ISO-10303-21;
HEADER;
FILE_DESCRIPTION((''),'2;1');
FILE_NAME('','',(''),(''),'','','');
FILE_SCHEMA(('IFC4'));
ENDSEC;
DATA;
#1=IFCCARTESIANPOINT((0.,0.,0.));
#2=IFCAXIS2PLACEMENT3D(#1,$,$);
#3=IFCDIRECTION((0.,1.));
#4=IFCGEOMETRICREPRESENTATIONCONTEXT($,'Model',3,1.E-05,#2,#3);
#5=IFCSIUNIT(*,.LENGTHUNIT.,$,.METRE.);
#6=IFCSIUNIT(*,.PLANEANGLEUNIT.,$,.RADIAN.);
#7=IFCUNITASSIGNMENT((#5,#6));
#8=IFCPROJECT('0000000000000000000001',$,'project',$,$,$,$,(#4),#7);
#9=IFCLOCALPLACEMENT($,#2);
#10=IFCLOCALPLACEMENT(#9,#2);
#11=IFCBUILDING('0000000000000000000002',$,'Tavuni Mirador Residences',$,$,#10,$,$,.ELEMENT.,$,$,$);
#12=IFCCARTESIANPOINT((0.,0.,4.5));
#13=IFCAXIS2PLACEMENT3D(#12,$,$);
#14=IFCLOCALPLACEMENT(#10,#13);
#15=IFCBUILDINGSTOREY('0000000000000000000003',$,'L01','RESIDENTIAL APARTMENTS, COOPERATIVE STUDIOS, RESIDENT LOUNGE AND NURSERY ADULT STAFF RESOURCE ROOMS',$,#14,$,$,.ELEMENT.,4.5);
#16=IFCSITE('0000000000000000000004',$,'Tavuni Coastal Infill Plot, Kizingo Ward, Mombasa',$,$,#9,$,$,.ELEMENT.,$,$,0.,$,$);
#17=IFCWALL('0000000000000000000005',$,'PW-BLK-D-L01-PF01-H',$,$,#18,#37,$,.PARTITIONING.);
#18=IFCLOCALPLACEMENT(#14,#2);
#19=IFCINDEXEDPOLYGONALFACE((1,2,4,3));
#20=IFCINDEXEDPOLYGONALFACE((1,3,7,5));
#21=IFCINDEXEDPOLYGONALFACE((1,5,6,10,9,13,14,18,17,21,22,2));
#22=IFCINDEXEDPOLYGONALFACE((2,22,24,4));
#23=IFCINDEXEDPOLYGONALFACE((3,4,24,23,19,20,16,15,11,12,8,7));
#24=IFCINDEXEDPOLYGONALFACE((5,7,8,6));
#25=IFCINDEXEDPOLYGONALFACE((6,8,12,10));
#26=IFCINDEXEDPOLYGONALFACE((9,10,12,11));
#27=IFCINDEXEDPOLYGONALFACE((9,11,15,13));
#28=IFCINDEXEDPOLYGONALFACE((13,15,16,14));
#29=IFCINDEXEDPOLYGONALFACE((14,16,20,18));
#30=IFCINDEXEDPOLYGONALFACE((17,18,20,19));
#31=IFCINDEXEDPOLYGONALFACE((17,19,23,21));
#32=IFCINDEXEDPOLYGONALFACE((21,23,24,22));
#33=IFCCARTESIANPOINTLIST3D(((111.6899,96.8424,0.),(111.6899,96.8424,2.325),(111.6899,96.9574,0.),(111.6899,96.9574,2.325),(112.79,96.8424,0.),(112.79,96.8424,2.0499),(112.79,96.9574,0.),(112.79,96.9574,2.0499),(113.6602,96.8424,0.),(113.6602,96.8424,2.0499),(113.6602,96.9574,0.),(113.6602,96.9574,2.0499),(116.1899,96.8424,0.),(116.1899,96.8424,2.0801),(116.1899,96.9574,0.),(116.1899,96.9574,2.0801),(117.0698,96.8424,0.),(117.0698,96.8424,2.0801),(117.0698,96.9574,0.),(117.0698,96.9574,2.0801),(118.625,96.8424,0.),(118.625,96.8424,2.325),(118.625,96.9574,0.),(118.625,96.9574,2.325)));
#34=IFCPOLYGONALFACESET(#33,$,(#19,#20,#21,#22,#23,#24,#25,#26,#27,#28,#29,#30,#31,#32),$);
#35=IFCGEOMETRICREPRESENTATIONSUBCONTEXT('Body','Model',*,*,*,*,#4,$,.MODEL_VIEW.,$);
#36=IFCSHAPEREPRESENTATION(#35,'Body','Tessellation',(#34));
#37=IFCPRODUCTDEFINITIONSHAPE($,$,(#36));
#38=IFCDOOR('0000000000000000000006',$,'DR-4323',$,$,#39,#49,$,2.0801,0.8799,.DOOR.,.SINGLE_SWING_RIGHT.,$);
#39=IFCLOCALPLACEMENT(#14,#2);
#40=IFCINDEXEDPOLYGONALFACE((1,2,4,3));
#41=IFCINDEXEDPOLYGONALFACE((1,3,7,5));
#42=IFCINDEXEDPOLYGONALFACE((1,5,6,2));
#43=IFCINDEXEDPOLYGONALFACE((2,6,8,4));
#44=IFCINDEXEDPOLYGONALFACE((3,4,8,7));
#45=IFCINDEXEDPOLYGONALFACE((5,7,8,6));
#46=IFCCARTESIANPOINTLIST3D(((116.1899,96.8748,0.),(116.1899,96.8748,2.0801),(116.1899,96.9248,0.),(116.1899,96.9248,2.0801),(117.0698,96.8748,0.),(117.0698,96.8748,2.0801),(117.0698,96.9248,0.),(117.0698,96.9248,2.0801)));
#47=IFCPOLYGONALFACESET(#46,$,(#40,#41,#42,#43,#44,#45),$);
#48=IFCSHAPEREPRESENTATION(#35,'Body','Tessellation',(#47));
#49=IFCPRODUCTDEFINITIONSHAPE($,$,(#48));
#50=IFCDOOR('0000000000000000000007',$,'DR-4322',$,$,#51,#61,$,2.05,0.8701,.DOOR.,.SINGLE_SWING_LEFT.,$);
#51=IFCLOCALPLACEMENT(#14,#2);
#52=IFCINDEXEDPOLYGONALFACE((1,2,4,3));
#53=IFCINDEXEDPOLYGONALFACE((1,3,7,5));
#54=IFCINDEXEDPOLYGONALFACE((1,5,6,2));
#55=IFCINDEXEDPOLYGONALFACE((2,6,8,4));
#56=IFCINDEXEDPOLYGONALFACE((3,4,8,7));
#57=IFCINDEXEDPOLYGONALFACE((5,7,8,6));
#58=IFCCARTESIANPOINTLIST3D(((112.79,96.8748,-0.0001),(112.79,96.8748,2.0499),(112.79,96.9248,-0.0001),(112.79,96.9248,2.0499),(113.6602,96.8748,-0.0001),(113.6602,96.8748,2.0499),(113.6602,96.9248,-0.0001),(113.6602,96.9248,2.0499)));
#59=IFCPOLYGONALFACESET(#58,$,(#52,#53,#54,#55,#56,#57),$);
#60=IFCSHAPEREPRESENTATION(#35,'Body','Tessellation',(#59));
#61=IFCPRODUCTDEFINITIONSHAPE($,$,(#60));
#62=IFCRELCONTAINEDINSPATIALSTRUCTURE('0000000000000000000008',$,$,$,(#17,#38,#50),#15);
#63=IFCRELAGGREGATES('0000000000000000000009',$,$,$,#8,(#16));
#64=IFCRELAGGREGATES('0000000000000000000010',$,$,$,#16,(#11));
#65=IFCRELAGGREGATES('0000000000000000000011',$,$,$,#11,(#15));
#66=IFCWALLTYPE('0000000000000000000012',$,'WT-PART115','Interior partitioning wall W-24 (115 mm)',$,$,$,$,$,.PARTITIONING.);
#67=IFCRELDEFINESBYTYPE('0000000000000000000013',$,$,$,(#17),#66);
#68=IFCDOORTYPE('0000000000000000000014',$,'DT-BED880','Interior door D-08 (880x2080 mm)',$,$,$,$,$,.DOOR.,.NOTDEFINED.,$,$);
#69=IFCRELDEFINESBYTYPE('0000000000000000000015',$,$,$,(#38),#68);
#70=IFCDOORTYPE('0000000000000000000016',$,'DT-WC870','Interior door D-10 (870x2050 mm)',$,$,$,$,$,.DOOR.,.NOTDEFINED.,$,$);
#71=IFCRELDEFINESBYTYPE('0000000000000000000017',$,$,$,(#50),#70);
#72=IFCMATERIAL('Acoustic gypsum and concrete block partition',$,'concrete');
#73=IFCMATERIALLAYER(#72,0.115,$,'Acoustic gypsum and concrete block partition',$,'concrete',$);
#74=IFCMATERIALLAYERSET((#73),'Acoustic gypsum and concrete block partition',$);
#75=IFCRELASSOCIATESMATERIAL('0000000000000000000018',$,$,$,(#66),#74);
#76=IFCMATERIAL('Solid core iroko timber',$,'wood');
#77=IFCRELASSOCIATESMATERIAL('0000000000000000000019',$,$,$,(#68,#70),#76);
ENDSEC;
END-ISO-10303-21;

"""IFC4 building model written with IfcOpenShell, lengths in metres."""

from ifc_helpers import new_model, si_unit, direction, frame, frame_2d, origin, place, context, subcontext, project, spatial, rectangle, extrude, material, layer, layer_set, type_object, element, fill, save


model = new_model("IFC4")

# Units and contexts
model_context = context("Model", 3, precision=1e-05, world=origin(), true_north=direction((0.0, 1.0)))
body_context = subcontext(model_context, "Body", "Model", "MODEL_VIEW")
ifc_project = project(units=[si_unit("LENGTHUNIT", "METRE"), si_unit("PLANEANGLEUNIT", "RADIAN")], contexts=[model_context])

# Site, building, storey
site_placement = place(None, origin())
site = spatial("IfcSite", under=ifc_project, at=site_placement, Name="Tavuni Coastal Infill Plot, Kizingo Ward, Mombasa", CompositionType="ELEMENT", RefElevation=0.0)
building_placement = place(site_placement, origin())
building = spatial("IfcBuilding", under=site, at=building_placement, Name="Tavuni Mirador Residences", CompositionType="ELEMENT")
storey_placement = place(building_placement, frame((0.0, 0.0, 4.5)))
storey = spatial("IfcBuildingStorey", under=building, at=storey_placement, Name="L01", Description="RESIDENTIAL APARTMENTS, COOPERATIVE STUDIOS, RESIDENT LOUNGE AND NURSERY ADULT STAFF RESOURCE ROOMS", CompositionType="ELEMENT", Elevation=4.5)

# Shared definitions
ifc_material_1 = material(Name="Acoustic gypsum and concrete block partition", Category="concrete")

# Wall, openings, doors
ifc_layer_1 = layer(ifc_material_1, 0.115, Name="Acoustic gypsum and concrete block partition", Category="concrete")
ifc_layer_set_1 = layer_set([ifc_layer_1], Name="Acoustic gypsum and concrete block partition")
wall_type_1 = type_object("IfcWallType", Name="WT-PART115", Description="Interior partitioning wall W-24 (115 mm)", PredefinedType="PARTITIONING", material=ifc_layer_set_1)
wall_1_placement = place(storey_placement, frame((111.6899, 96.8999, 0.0), z_axis=(0.0, 0.0, 1.0), x_axis=(1.0, 0.0, 0.0)))
wall_1 = element("IfcWall", 1, at=wall_1_placement, inside=storey, type_object=wall_type_1, Name="PW-BLK-D-L01-PF01-H", PredefinedType="PARTITIONING", context=body_context, shape_type="SweptSolid", body=[
    extrude(rectangle(XDim=6.9351, YDim=0.115, at=frame_2d((3.4675, 0.0))), origin(), (0.0, 0.0, 1.0), 2.325),
])
opening_1_placement = place(wall_1_placement, frame((1.1001, 0.0, 0.0)))
opening_1 = element("IfcOpeningElement", 2, at=opening_1_placement, cuts=wall_1, PredefinedType="OPENING", context=body_context, shape_type="SweptSolid", body=[
    extrude(rectangle(XDim=0.8701, YDim=2.05, at=frame_2d((0.4351, 1.0249))), frame((0.0, 0.0674, 0.0), z_axis=(0.0, -1.0, 0.0), x_axis=(1.0, 0.0, 0.0)), (0.0, 0.0, 1.0), 0.135),
])
opening_2_placement = place(wall_1_placement, frame((4.5, 0.0, 0.0)))
opening_2 = element("IfcOpeningElement", 3, at=opening_2_placement, cuts=wall_1, PredefinedType="OPENING", context=body_context, shape_type="SweptSolid", body=[
    extrude(rectangle(XDim=0.8799, YDim=2.0801, at=frame_2d((0.4399, 1.04))), frame((0.0, 0.0674, 0.0), z_axis=(0.0, -1.0, 0.0), x_axis=(1.0, 0.0, 0.0)), (0.0, 0.0, 1.0), 0.135),
])
ifc_material_2 = material(Name="Solid core iroko timber", Category="wood")
door_type_1 = type_object("IfcDoorType", Name="DT-BED880", Description="Interior door D-08 (880x2080 mm)", OperationType="NOTDEFINED", PredefinedType="DOOR", material=ifc_material_2)
door_1_placement = place(opening_2_placement, origin())
door_1 = element("IfcDoor", 4, at=door_1_placement, inside=storey, type_object=door_type_1, Name="DR-4323", OperationType="SINGLE_SWING_RIGHT", OverallHeight=2.0801, OverallWidth=0.8799, PredefinedType="DOOR", context=body_context, shape_type="SweptSolid", body=[
    extrude(rectangle(XDim=0.8799, YDim=2.0801, at=frame_2d((0.4399, 1.04))), frame((0.0, 0.0249, 0.0), z_axis=(0.0, -1.0, 0.0), x_axis=(1.0, 0.0, 0.0)), (0.0, 0.0, 1.0), 0.05),
])
fill(opening_2, door_1)
door_type_2 = type_object("IfcDoorType", Name="DT-WC870", Description="Interior door D-10 (870x2050 mm)", OperationType="NOTDEFINED", PredefinedType="DOOR", material=ifc_material_2)
door_2_placement = place(opening_1_placement, origin())
door_2 = element("IfcDoor", 5, at=door_2_placement, inside=storey, type_object=door_type_2, Name="DR-4322", OperationType="SINGLE_SWING_LEFT", OverallHeight=2.05, OverallWidth=0.8701, PredefinedType="DOOR", context=body_context, shape_type="SweptSolid", body=[
    extrude(rectangle(XDim=0.8701, YDim=2.05, at=frame_2d((0.4351, 1.0249))), frame((0.0, 0.0249, 0.0), z_axis=(0.0, -1.0, 0.0), x_axis=(1.0, 0.0, 0.0)), (0.0, 0.0, 1.0), 0.05),
])
fill(opening_1, door_2)

save(model, "model.ifc")
